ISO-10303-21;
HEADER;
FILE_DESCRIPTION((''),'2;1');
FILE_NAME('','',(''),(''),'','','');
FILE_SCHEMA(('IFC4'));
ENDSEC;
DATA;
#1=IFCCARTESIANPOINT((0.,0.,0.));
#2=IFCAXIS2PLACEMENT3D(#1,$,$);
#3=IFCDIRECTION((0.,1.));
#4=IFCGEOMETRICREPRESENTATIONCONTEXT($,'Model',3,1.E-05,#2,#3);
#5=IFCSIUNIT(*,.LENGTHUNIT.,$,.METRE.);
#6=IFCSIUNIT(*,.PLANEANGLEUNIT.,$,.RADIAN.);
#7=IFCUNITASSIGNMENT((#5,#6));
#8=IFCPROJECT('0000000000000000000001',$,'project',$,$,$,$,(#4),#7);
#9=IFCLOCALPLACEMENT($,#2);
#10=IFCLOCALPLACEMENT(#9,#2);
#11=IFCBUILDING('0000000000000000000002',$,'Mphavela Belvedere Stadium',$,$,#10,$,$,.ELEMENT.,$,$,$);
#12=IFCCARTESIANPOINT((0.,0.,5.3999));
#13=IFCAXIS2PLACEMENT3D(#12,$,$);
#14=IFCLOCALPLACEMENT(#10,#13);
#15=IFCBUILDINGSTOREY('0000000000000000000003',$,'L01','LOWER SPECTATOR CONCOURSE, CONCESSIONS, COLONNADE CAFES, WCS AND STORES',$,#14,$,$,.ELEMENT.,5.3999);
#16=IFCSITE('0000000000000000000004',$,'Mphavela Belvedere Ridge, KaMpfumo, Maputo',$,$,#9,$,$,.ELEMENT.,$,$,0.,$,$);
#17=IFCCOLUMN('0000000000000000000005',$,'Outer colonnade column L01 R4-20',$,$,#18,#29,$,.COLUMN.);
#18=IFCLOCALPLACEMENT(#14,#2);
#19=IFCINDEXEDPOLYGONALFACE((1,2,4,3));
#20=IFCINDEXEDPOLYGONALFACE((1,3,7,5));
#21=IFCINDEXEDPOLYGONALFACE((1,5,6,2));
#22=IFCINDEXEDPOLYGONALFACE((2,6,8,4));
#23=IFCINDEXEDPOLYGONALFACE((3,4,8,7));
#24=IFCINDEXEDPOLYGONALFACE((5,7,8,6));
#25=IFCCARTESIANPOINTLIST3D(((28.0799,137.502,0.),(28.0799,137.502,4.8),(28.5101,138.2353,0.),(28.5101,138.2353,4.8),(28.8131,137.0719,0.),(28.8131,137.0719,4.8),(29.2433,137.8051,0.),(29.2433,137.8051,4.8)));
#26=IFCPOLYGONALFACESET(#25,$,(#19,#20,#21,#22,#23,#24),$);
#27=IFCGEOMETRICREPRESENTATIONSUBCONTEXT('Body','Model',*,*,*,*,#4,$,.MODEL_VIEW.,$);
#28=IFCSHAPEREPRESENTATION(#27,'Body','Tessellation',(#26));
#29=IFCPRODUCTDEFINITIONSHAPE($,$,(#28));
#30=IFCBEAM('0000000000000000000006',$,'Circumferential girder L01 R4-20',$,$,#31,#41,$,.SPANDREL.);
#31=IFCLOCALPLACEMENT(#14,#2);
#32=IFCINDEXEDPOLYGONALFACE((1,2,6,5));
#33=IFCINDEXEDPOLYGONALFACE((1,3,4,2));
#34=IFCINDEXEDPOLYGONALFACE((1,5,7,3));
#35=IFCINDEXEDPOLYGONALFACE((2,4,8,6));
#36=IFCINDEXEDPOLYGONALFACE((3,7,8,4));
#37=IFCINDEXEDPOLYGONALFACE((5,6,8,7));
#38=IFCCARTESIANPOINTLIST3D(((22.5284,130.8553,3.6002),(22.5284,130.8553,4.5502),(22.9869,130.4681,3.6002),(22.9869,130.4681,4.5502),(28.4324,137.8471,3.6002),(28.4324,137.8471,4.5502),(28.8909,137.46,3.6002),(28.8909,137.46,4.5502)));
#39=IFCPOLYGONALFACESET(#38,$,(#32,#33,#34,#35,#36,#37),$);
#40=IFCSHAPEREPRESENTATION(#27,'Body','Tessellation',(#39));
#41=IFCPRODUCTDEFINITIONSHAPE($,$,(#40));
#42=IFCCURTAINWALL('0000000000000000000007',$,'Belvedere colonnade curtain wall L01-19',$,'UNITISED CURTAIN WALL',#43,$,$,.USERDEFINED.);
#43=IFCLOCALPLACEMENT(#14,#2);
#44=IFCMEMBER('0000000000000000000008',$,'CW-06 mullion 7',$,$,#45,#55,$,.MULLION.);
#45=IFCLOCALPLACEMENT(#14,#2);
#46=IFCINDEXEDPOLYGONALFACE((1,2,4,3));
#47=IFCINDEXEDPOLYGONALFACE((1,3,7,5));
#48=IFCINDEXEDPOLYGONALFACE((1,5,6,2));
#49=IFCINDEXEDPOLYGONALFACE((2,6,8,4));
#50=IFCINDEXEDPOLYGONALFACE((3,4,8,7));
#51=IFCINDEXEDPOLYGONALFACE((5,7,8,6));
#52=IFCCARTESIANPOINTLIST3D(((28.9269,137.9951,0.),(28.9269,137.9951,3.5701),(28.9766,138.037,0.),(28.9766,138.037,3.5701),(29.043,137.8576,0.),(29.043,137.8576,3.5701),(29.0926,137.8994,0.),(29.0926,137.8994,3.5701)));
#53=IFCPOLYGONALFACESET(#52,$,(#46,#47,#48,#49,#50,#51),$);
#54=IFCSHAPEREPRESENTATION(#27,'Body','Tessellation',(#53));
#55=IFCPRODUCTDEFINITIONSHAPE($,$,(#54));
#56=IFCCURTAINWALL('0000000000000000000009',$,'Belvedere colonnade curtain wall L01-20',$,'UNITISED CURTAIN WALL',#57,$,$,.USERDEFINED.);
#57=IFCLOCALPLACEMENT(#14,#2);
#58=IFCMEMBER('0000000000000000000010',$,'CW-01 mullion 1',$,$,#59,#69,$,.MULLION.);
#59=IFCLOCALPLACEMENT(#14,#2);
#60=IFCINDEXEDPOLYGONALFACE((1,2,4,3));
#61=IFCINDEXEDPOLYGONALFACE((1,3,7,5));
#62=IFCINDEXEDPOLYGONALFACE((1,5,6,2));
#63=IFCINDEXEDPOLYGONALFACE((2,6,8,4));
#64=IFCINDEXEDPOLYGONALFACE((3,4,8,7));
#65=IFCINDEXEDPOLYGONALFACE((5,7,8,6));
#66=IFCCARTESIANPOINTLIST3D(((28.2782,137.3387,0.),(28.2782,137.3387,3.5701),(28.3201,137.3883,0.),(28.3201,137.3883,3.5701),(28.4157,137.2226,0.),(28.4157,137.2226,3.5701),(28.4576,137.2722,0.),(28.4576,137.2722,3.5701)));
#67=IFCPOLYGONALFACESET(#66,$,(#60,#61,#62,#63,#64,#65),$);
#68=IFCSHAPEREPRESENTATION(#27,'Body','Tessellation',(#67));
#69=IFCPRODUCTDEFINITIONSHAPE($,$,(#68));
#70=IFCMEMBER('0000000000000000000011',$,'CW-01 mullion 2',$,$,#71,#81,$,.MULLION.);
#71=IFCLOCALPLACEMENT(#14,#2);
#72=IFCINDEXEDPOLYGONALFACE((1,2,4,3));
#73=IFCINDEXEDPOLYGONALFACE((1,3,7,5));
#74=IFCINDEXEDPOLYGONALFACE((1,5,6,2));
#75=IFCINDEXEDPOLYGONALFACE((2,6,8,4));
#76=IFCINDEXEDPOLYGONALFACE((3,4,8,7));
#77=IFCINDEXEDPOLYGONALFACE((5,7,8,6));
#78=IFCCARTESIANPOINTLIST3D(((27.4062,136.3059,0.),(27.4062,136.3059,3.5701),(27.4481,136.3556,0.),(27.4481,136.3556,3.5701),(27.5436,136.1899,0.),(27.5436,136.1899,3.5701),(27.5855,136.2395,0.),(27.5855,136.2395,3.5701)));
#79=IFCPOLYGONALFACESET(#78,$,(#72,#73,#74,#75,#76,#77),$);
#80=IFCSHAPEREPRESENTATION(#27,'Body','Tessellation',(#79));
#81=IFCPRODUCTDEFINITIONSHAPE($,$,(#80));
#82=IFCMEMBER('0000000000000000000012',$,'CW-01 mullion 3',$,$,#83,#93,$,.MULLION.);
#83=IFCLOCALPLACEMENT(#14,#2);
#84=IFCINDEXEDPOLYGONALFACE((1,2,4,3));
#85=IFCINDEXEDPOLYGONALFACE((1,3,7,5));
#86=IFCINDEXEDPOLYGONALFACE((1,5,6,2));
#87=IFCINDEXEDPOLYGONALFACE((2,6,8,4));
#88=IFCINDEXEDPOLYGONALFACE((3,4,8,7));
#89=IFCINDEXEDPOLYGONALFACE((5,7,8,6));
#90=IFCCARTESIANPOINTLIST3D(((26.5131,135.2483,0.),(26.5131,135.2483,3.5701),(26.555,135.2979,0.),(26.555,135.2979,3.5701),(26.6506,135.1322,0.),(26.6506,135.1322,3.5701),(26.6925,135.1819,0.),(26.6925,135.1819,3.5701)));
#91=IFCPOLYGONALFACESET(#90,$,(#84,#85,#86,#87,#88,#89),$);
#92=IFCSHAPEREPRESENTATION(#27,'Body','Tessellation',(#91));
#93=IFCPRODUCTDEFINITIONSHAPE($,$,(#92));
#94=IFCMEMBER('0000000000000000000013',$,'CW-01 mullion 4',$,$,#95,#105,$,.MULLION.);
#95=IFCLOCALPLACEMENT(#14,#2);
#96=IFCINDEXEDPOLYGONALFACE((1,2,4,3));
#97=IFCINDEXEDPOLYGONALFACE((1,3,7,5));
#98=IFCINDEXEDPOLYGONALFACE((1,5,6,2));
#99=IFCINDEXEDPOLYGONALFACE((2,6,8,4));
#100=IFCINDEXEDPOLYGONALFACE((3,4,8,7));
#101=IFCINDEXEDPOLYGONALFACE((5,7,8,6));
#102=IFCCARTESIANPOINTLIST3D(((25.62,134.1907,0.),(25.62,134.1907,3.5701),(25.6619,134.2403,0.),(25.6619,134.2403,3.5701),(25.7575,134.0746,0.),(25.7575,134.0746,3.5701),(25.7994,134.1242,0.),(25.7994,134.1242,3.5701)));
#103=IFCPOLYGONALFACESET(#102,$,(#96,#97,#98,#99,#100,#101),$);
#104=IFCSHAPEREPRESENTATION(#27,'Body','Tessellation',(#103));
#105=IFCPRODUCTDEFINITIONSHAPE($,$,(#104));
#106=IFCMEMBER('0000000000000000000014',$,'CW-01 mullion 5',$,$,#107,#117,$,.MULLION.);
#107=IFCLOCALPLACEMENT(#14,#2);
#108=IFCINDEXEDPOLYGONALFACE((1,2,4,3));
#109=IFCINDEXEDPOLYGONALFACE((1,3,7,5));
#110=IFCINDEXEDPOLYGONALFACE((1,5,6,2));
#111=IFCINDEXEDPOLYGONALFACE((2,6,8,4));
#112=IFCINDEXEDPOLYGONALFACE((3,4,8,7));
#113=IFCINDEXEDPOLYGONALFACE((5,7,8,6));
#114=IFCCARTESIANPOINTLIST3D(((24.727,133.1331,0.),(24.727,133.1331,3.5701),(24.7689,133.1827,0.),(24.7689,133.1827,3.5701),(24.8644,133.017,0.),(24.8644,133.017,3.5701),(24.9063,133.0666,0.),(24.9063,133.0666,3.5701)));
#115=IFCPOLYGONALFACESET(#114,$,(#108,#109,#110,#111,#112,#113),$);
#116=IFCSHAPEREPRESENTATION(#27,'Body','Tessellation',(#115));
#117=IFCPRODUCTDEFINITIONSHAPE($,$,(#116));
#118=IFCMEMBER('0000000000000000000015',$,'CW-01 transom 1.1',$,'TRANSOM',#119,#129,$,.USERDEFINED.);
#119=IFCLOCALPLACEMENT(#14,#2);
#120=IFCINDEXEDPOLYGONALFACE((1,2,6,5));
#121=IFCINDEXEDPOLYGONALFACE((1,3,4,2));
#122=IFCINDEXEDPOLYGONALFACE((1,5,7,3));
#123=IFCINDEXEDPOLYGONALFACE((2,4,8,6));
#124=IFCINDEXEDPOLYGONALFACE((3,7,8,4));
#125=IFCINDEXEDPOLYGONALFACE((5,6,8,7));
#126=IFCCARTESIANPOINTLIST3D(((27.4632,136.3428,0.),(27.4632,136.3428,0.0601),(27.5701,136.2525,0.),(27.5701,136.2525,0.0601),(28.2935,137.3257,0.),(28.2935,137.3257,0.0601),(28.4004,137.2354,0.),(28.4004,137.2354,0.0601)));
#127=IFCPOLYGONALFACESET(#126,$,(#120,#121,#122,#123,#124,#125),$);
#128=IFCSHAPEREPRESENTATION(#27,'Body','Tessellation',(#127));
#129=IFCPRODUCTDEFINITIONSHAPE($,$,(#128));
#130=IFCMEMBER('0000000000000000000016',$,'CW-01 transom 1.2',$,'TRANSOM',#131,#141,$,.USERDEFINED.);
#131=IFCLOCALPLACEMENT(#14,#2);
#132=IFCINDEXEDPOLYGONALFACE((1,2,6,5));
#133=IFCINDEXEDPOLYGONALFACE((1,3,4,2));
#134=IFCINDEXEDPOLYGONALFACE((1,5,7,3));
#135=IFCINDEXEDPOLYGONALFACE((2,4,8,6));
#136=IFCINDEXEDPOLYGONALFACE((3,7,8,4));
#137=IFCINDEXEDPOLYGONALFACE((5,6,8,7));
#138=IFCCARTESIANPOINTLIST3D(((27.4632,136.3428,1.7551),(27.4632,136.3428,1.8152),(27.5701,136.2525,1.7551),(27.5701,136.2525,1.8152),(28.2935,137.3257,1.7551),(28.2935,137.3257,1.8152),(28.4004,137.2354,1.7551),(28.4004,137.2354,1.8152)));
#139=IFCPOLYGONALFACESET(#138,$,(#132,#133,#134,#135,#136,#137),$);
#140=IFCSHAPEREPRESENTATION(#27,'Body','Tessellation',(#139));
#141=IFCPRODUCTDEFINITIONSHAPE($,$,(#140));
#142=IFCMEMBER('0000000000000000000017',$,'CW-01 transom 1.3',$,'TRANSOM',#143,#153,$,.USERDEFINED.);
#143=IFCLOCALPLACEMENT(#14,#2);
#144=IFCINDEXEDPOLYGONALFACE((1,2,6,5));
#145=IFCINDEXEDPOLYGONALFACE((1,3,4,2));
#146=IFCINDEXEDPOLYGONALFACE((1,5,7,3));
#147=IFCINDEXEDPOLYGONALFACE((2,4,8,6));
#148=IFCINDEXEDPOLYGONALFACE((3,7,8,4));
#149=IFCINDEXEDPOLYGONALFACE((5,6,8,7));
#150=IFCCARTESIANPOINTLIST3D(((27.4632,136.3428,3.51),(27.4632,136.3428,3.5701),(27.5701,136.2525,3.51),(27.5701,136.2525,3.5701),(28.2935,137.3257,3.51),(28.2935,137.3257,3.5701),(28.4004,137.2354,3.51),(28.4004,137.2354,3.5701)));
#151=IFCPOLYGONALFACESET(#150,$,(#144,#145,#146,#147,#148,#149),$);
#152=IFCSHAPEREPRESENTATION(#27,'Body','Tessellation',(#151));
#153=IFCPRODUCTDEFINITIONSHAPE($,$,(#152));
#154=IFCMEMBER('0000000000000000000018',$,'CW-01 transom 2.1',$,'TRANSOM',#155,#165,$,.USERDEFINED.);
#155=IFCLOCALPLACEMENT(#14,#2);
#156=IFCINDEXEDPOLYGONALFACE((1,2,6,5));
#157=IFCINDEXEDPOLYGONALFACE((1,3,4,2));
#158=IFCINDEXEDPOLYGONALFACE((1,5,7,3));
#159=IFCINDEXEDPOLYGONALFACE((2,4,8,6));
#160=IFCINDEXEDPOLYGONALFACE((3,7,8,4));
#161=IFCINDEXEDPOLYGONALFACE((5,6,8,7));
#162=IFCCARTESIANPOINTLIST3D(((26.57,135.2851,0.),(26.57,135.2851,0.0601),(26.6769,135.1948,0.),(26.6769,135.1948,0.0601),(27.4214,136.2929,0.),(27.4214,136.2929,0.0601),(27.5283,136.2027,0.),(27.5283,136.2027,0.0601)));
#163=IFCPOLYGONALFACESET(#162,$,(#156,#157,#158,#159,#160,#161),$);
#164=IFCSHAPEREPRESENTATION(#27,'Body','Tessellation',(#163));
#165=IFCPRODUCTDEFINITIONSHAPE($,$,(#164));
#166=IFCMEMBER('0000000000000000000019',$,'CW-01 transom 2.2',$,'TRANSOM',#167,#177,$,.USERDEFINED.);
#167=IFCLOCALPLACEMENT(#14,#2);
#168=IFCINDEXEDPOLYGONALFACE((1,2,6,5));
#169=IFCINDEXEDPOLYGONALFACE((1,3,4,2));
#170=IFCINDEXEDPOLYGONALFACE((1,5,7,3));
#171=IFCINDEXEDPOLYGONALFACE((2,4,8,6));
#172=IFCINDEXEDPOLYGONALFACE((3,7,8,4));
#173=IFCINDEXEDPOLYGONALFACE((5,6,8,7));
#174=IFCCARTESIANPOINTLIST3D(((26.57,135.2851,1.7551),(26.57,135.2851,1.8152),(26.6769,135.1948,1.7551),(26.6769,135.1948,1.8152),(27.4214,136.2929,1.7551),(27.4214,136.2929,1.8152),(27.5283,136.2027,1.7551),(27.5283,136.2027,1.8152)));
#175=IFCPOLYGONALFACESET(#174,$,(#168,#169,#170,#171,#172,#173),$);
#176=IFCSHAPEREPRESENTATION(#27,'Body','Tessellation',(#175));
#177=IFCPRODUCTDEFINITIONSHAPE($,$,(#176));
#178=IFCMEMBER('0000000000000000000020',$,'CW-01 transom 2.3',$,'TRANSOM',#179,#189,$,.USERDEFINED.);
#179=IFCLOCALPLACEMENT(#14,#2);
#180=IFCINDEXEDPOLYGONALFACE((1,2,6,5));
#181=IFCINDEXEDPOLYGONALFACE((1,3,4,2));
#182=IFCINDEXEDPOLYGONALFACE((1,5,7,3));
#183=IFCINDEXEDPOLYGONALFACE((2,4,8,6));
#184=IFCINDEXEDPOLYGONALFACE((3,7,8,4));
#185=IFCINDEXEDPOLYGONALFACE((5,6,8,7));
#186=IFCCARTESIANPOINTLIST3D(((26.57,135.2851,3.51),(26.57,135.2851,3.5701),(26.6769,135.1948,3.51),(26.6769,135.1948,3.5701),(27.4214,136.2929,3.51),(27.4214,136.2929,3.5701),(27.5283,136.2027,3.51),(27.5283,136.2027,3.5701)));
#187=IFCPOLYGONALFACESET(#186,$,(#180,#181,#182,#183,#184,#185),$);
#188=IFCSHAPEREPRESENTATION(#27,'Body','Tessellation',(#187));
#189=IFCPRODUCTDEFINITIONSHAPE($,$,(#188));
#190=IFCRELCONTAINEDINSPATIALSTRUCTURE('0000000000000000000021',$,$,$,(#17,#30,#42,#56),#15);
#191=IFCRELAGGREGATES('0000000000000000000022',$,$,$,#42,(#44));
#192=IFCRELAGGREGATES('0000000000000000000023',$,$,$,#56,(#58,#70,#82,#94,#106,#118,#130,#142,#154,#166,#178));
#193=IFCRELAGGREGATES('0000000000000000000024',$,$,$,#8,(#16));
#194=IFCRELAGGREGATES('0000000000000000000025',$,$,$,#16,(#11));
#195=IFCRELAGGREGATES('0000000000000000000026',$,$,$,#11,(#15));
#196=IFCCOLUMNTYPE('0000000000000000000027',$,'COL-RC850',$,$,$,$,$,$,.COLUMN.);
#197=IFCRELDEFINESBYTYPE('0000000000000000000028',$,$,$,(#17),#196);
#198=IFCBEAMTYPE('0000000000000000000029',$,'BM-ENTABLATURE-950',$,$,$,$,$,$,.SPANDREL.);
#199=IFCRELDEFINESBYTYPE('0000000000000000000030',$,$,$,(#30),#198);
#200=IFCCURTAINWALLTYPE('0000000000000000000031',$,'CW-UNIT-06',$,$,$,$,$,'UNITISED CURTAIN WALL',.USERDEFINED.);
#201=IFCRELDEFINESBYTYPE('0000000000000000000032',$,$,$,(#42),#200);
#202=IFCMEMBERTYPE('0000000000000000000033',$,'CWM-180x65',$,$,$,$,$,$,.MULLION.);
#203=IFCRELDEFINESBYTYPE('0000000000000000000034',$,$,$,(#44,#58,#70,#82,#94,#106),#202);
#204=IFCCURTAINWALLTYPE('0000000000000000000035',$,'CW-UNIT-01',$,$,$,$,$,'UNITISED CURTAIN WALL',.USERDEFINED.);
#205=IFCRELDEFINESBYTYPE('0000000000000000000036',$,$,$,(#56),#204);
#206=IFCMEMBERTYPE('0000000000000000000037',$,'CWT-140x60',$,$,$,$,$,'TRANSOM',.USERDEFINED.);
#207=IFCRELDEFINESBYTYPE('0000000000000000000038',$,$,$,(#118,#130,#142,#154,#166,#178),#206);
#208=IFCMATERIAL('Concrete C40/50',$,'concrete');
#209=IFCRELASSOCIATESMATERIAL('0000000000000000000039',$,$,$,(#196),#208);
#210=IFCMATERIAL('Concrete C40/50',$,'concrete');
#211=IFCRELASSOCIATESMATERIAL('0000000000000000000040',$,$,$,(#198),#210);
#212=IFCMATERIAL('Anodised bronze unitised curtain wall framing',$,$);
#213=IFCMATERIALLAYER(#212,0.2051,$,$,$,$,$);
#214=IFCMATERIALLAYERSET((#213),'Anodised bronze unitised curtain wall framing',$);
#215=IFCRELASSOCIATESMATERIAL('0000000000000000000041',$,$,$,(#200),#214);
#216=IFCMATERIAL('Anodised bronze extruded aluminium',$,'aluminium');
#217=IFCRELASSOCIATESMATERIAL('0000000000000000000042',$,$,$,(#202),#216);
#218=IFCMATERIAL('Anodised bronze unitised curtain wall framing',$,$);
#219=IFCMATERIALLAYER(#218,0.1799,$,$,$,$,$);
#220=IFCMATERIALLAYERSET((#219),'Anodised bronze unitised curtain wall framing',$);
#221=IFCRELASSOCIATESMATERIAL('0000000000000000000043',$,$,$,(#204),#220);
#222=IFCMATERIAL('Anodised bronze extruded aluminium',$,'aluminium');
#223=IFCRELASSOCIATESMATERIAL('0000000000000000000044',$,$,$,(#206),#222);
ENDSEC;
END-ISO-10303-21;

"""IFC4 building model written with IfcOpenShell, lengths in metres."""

from ifc_helpers import new_model, si_unit, direction, frame, origin, origin_2d, place, context, subcontext, project, spatial, rectangle, extrude, material, layer, layer_set, material_profile, profile_set, type_object, element, aggregate, save


model = new_model("IFC4")

# Units and contexts
model_context = context("Model", 3, precision=1e-05, world=origin(), true_north=direction((0.0, 1.0)))
body_context = subcontext(model_context, "Body", "Model", "MODEL_VIEW")
ifc_project = project(units=[si_unit("LENGTHUNIT", "METRE"), si_unit("PLANEANGLEUNIT", "RADIAN")], contexts=[model_context])

# Site, building, storey
site_placement = place(None, origin())
site = spatial("IfcSite", under=ifc_project, at=site_placement, Name="Mphavela Belvedere Ridge, KaMpfumo, Maputo", CompositionType="ELEMENT", RefElevation=0.0)
building_placement = place(site_placement, origin())
building = spatial("IfcBuilding", under=site, at=building_placement, Name="Mphavela Belvedere Stadium", CompositionType="ELEMENT")
storey_placement = place(building_placement, frame((0.0, 0.0, 5.3999)))
storey = spatial("IfcBuildingStorey", under=building, at=storey_placement, Name="L01", Description="LOWER SPECTATOR CONCOURSE, CONCESSIONS, COLONNADE CAFES, WCS AND STORES", CompositionType="ELEMENT", Elevation=5.3999)

# Column
ifc_material_1 = material(Name="Concrete C40/50", Category="concrete")
ifc_material_profile_1 = material_profile(ifc_material_1, rectangle(XDim=0.8501, YDim=0.8501, at=origin_2d()), Name="RC 850x850")
ifc_profile_set_1 = profile_set([ifc_material_profile_1], Name="Concrete C40/50")
column_type = type_object("IfcColumnType", Name="COL-RC850", PredefinedType="COLUMN", material=ifc_profile_set_1)
column_placement = place(storey_placement, frame((28.6616, 137.6536, 0.0), z_axis=(0.0, 0.0, 1.0), x_axis=(-0.862514, 0.506034, 0.0)))
element("IfcColumn", 1, at=column_placement, inside=storey, type_object=column_type, Name="Outer colonnade column L01 R4-20", PredefinedType="COLUMN", context=body_context, shape_type="SweptSolid", body=[
    extrude(rectangle(XDim=0.8501, YDim=0.8501, at=origin_2d()), origin(), (0.0, 0.0, 1.0), 4.8),
])

# Beam
ifc_material_2 = material(Name="Concrete C40/50", Category="concrete")
ifc_material_profile_2 = material_profile(ifc_material_2, rectangle(XDim=0.6001, YDim=0.95, at=origin_2d()), Name="RC 600x950")
ifc_profile_set_2 = profile_set([ifc_material_profile_2], Name="Concrete C40/50")
beam_type = type_object("IfcBeamType", Name="BM-ENTABLATURE-950", PredefinedType="SPANDREL", material=ifc_profile_set_2)
beam_placement = place(storey_placement, frame((28.6616, 137.6536, 4.0752), z_axis=(-0.645165, -0.764044, 0.0), x_axis=(0.764044, -0.645165, 0.0)))
element("IfcBeam", 2, at=beam_placement, inside=storey, type_object=beam_type, Name="Circumferential girder L01 R4-20", PredefinedType="SPANDREL", context=body_context, shape_type="SweptSolid", body=[
    extrude(rectangle(XDim=0.6001, YDim=0.95, at=origin_2d()), origin(), (0.0, 0.0, 1.0), 9.1511),
])

# Curtain wall, member
ifc_material_3 = material(Name="Anodised bronze unitised curtain wall framing")
ifc_layer_1 = layer(ifc_material_3, 0.2051)
ifc_layer_set_1 = layer_set([ifc_layer_1], Name="Anodised bronze unitised curtain wall framing")
curtain_wall_type_1 = type_object("IfcCurtainWallType", Name="CW-UNIT-06", ElementType="UNITISED CURTAIN WALL", PredefinedType="USERDEFINED", material=ifc_layer_set_1)
curtain_wall_1_placement = place(storey_placement, origin())
curtain_wall_1 = element("IfcCurtainWall", 3, at=curtain_wall_1_placement, inside=storey, type_object=curtain_wall_type_1, Name="Belvedere colonnade curtain wall L01-19", ObjectType="UNITISED CURTAIN WALL", PredefinedType="USERDEFINED")
ifc_material_4 = material(Name="Anodised bronze extruded aluminium", Category="aluminium")
ifc_material_profile_3 = material_profile(ifc_material_4, rectangle(XDim=0.1799, YDim=0.0649, at=origin_2d()), Name="CW-MUL 180x65")
ifc_profile_set_3 = profile_set([ifc_material_profile_3], Name="Anodised bronze extruded aluminium")
member_type_1 = type_object("IfcMemberType", Name="CWM-180x65", PredefinedType="MULLION", material=ifc_profile_set_3)
member_1_placement = place(storey_placement, frame((29.0098, 137.9473, 0.0), z_axis=(0.0, 0.0, 1.0), x_axis=(0.64491, -0.764259, 0.0)))
member_1 = element("IfcMember", 4, at=member_1_placement, type_object=member_type_1, Name="CW-06 mullion 7", PredefinedType="MULLION", context=body_context, shape_type="SweptSolid", body=[
    extrude(rectangle(XDim=0.1799, YDim=0.0649, at=origin_2d()), origin(), (0.0, 0.0, 1.0), 3.5701),
])
aggregate(curtain_wall_1, [member_1])

# Curtain wall, members
ifc_material_5 = material(Name="Anodised bronze unitised curtain wall framing")
ifc_layer_2 = layer(ifc_material_5, 0.1799)
ifc_layer_set_2 = layer_set([ifc_layer_2], Name="Anodised bronze unitised curtain wall framing")
curtain_wall_type_2 = type_object("IfcCurtainWallType", Name="CW-UNIT-01", ElementType="UNITISED CURTAIN WALL", PredefinedType="USERDEFINED", material=ifc_layer_set_2)
curtain_wall_2_placement = place(storey_placement, origin())
curtain_wall_2 = element("IfcCurtainWall", 5, at=curtain_wall_2_placement, inside=storey, type_object=curtain_wall_type_2, Name="Belvedere colonnade curtain wall L01-20", ObjectType="UNITISED CURTAIN WALL", PredefinedType="USERDEFINED")
member_2_placement = place(storey_placement, frame((28.3679, 137.3054, 0.0), z_axis=(0.0, 0.0, 1.0), x_axis=(0.764036, -0.645173, 0.0)))
member_2 = element("IfcMember", 6, at=member_2_placement, type_object=member_type_1, Name="CW-01 mullion 1", PredefinedType="MULLION", context=body_context, shape_type="SweptSolid", body=[
    extrude(rectangle(XDim=0.1799, YDim=0.0649, at=origin_2d()), origin(), (0.0, 0.0, 1.0), 3.5701),
])
member_3_placement = place(storey_placement, frame((27.4958, 136.2727, 0.0), z_axis=(0.0, 0.0, 1.0), x_axis=(0.764036, -0.645173, 0.0)))
member_3 = element("IfcMember", 7, at=member_3_placement, type_object=member_type_1, Name="CW-01 mullion 2", PredefinedType="MULLION", context=body_context, shape_type="SweptSolid", body=[
    extrude(rectangle(XDim=0.1799, YDim=0.0649, at=origin_2d()), origin(), (0.0, 0.0, 1.0), 3.5701),
])
member_4_placement = place(storey_placement, frame((26.6028, 135.2151, 0.0), z_axis=(0.0, 0.0, 1.0), x_axis=(0.764036, -0.645173, 0.0)))
member_4 = element("IfcMember", 8, at=member_4_placement, type_object=member_type_1, Name="CW-01 mullion 3", PredefinedType="MULLION", context=body_context, shape_type="SweptSolid", body=[
    extrude(rectangle(XDim=0.1799, YDim=0.0649, at=origin_2d()), origin(), (0.0, 0.0, 1.0), 3.5701),
])
member_5_placement = place(storey_placement, frame((25.7097, 134.1575, 0.0), z_axis=(0.0, 0.0, 1.0), x_axis=(0.764036, -0.645173, 0.0)))
member_5 = element("IfcMember", 9, at=member_5_placement, type_object=member_type_1, Name="CW-01 mullion 4", PredefinedType="MULLION", context=body_context, shape_type="SweptSolid", body=[
    extrude(rectangle(XDim=0.1799, YDim=0.0649, at=origin_2d()), origin(), (0.0, 0.0, 1.0), 3.5701),
])
member_6_placement = place(storey_placement, frame((24.8167, 133.0999, 0.0), z_axis=(0.0, 0.0, 1.0), x_axis=(0.764036, -0.645173, 0.0)))
member_6 = element("IfcMember", 10, at=member_6_placement, type_object=member_type_1, Name="CW-01 mullion 5", PredefinedType="MULLION", context=body_context, shape_type="SweptSolid", body=[
    extrude(rectangle(XDim=0.1799, YDim=0.0649, at=origin_2d()), origin(), (0.0, 0.0, 1.0), 3.5701),
])
ifc_material_6 = material(Name="Anodised bronze extruded aluminium", Category="aluminium")
ifc_material_profile_4 = material_profile(ifc_material_6, rectangle(XDim=0.1399, YDim=0.0601, at=origin_2d()), Name="CW-TRN 140x60")
ifc_profile_set_4 = profile_set([ifc_material_profile_4], Name="Anodised bronze extruded aluminium")
member_type_2 = type_object("IfcMemberType", Name="CWT-140x60", ElementType="TRANSOM", PredefinedType="USERDEFINED", material=ifc_profile_set_4)
member_7_placement = place(storey_placement, frame((28.3469, 137.2805, 0.03), z_axis=(-0.645321, -0.763911, 0.0), x_axis=(0.763911, -0.645321, 0.0)))
member_7 = element("IfcMember", 11, at=member_7_placement, type_object=member_type_2, Name="CW-01 transom 1.1", ObjectType="TRANSOM", PredefinedType="USERDEFINED", context=body_context, shape_type="SweptSolid", body=[
    extrude(rectangle(XDim=0.1399, YDim=0.0601, at=origin_2d()), origin(), (0.0, 0.0, 1.0), 1.2866),
])
member_8_placement = place(storey_placement, frame((28.3469, 137.2805, 1.7852), z_axis=(-0.645321, -0.763911, 0.0), x_axis=(0.763911, -0.645321, 0.0)))
member_8 = element("IfcMember", 12, at=member_8_placement, type_object=member_type_2, Name="CW-01 transom 1.2", ObjectType="TRANSOM", PredefinedType="USERDEFINED", context=body_context, shape_type="SweptSolid", body=[
    extrude(rectangle(XDim=0.1399, YDim=0.0601, at=origin_2d()), origin(), (0.0, 0.0, 1.0), 1.2866),
])
member_9_placement = place(storey_placement, frame((28.3469, 137.2805, 3.54), z_axis=(-0.645321, -0.763911, 0.0), x_axis=(0.763911, -0.645321, 0.0)))
member_9 = element("IfcMember", 13, at=member_9_placement, type_object=member_type_2, Name="CW-01 transom 1.3", ObjectType="TRANSOM", PredefinedType="USERDEFINED", context=body_context, shape_type="SweptSolid", body=[
    extrude(rectangle(XDim=0.1399, YDim=0.0601, at=origin_2d()), origin(), (0.0, 0.0, 1.0), 1.2866),
])
member_10_placement = place(storey_placement, frame((27.4749, 136.2478, 0.03), z_axis=(-0.645303, -0.763927, 0.0), x_axis=(0.763927, -0.645303, 0.0)))
member_10 = element("IfcMember", 14, at=member_10_placement, type_object=member_type_2, Name="CW-01 transom 2.1", ObjectType="TRANSOM", PredefinedType="USERDEFINED", context=body_context, shape_type="SweptSolid", body=[
    extrude(rectangle(XDim=0.1399, YDim=0.0601, at=origin_2d()), origin(), (0.0, 0.0, 1.0), 1.3193),
])
member_11_placement = place(storey_placement, frame((27.4749, 136.2478, 1.7852), z_axis=(-0.645303, -0.763927, 0.0), x_axis=(0.763927, -0.645303, 0.0)))
member_11 = element("IfcMember", 15, at=member_11_placement, type_object=member_type_2, Name="CW-01 transom 2.2", ObjectType="TRANSOM", PredefinedType="USERDEFINED", context=body_context, shape_type="SweptSolid", body=[
    extrude(rectangle(XDim=0.1399, YDim=0.0601, at=origin_2d()), origin(), (0.0, 0.0, 1.0), 1.3193),
])
member_12_placement = place(storey_placement, frame((27.4749, 136.2478, 3.54), z_axis=(-0.645303, -0.763927, 0.0), x_axis=(0.763927, -0.645303, 0.0)))
member_12 = element("IfcMember", 16, at=member_12_placement, type_object=member_type_2, Name="CW-01 transom 2.3", ObjectType="TRANSOM", PredefinedType="USERDEFINED", context=body_context, shape_type="SweptSolid", body=[
    extrude(rectangle(XDim=0.1399, YDim=0.0601, at=origin_2d()), origin(), (0.0, 0.0, 1.0), 1.3193),
])
aggregate(curtain_wall_2, [member_2, member_3, member_4, member_5, member_6, member_7, member_8, member_9, member_10, member_11, member_12])

save(model, "model.ifc")
